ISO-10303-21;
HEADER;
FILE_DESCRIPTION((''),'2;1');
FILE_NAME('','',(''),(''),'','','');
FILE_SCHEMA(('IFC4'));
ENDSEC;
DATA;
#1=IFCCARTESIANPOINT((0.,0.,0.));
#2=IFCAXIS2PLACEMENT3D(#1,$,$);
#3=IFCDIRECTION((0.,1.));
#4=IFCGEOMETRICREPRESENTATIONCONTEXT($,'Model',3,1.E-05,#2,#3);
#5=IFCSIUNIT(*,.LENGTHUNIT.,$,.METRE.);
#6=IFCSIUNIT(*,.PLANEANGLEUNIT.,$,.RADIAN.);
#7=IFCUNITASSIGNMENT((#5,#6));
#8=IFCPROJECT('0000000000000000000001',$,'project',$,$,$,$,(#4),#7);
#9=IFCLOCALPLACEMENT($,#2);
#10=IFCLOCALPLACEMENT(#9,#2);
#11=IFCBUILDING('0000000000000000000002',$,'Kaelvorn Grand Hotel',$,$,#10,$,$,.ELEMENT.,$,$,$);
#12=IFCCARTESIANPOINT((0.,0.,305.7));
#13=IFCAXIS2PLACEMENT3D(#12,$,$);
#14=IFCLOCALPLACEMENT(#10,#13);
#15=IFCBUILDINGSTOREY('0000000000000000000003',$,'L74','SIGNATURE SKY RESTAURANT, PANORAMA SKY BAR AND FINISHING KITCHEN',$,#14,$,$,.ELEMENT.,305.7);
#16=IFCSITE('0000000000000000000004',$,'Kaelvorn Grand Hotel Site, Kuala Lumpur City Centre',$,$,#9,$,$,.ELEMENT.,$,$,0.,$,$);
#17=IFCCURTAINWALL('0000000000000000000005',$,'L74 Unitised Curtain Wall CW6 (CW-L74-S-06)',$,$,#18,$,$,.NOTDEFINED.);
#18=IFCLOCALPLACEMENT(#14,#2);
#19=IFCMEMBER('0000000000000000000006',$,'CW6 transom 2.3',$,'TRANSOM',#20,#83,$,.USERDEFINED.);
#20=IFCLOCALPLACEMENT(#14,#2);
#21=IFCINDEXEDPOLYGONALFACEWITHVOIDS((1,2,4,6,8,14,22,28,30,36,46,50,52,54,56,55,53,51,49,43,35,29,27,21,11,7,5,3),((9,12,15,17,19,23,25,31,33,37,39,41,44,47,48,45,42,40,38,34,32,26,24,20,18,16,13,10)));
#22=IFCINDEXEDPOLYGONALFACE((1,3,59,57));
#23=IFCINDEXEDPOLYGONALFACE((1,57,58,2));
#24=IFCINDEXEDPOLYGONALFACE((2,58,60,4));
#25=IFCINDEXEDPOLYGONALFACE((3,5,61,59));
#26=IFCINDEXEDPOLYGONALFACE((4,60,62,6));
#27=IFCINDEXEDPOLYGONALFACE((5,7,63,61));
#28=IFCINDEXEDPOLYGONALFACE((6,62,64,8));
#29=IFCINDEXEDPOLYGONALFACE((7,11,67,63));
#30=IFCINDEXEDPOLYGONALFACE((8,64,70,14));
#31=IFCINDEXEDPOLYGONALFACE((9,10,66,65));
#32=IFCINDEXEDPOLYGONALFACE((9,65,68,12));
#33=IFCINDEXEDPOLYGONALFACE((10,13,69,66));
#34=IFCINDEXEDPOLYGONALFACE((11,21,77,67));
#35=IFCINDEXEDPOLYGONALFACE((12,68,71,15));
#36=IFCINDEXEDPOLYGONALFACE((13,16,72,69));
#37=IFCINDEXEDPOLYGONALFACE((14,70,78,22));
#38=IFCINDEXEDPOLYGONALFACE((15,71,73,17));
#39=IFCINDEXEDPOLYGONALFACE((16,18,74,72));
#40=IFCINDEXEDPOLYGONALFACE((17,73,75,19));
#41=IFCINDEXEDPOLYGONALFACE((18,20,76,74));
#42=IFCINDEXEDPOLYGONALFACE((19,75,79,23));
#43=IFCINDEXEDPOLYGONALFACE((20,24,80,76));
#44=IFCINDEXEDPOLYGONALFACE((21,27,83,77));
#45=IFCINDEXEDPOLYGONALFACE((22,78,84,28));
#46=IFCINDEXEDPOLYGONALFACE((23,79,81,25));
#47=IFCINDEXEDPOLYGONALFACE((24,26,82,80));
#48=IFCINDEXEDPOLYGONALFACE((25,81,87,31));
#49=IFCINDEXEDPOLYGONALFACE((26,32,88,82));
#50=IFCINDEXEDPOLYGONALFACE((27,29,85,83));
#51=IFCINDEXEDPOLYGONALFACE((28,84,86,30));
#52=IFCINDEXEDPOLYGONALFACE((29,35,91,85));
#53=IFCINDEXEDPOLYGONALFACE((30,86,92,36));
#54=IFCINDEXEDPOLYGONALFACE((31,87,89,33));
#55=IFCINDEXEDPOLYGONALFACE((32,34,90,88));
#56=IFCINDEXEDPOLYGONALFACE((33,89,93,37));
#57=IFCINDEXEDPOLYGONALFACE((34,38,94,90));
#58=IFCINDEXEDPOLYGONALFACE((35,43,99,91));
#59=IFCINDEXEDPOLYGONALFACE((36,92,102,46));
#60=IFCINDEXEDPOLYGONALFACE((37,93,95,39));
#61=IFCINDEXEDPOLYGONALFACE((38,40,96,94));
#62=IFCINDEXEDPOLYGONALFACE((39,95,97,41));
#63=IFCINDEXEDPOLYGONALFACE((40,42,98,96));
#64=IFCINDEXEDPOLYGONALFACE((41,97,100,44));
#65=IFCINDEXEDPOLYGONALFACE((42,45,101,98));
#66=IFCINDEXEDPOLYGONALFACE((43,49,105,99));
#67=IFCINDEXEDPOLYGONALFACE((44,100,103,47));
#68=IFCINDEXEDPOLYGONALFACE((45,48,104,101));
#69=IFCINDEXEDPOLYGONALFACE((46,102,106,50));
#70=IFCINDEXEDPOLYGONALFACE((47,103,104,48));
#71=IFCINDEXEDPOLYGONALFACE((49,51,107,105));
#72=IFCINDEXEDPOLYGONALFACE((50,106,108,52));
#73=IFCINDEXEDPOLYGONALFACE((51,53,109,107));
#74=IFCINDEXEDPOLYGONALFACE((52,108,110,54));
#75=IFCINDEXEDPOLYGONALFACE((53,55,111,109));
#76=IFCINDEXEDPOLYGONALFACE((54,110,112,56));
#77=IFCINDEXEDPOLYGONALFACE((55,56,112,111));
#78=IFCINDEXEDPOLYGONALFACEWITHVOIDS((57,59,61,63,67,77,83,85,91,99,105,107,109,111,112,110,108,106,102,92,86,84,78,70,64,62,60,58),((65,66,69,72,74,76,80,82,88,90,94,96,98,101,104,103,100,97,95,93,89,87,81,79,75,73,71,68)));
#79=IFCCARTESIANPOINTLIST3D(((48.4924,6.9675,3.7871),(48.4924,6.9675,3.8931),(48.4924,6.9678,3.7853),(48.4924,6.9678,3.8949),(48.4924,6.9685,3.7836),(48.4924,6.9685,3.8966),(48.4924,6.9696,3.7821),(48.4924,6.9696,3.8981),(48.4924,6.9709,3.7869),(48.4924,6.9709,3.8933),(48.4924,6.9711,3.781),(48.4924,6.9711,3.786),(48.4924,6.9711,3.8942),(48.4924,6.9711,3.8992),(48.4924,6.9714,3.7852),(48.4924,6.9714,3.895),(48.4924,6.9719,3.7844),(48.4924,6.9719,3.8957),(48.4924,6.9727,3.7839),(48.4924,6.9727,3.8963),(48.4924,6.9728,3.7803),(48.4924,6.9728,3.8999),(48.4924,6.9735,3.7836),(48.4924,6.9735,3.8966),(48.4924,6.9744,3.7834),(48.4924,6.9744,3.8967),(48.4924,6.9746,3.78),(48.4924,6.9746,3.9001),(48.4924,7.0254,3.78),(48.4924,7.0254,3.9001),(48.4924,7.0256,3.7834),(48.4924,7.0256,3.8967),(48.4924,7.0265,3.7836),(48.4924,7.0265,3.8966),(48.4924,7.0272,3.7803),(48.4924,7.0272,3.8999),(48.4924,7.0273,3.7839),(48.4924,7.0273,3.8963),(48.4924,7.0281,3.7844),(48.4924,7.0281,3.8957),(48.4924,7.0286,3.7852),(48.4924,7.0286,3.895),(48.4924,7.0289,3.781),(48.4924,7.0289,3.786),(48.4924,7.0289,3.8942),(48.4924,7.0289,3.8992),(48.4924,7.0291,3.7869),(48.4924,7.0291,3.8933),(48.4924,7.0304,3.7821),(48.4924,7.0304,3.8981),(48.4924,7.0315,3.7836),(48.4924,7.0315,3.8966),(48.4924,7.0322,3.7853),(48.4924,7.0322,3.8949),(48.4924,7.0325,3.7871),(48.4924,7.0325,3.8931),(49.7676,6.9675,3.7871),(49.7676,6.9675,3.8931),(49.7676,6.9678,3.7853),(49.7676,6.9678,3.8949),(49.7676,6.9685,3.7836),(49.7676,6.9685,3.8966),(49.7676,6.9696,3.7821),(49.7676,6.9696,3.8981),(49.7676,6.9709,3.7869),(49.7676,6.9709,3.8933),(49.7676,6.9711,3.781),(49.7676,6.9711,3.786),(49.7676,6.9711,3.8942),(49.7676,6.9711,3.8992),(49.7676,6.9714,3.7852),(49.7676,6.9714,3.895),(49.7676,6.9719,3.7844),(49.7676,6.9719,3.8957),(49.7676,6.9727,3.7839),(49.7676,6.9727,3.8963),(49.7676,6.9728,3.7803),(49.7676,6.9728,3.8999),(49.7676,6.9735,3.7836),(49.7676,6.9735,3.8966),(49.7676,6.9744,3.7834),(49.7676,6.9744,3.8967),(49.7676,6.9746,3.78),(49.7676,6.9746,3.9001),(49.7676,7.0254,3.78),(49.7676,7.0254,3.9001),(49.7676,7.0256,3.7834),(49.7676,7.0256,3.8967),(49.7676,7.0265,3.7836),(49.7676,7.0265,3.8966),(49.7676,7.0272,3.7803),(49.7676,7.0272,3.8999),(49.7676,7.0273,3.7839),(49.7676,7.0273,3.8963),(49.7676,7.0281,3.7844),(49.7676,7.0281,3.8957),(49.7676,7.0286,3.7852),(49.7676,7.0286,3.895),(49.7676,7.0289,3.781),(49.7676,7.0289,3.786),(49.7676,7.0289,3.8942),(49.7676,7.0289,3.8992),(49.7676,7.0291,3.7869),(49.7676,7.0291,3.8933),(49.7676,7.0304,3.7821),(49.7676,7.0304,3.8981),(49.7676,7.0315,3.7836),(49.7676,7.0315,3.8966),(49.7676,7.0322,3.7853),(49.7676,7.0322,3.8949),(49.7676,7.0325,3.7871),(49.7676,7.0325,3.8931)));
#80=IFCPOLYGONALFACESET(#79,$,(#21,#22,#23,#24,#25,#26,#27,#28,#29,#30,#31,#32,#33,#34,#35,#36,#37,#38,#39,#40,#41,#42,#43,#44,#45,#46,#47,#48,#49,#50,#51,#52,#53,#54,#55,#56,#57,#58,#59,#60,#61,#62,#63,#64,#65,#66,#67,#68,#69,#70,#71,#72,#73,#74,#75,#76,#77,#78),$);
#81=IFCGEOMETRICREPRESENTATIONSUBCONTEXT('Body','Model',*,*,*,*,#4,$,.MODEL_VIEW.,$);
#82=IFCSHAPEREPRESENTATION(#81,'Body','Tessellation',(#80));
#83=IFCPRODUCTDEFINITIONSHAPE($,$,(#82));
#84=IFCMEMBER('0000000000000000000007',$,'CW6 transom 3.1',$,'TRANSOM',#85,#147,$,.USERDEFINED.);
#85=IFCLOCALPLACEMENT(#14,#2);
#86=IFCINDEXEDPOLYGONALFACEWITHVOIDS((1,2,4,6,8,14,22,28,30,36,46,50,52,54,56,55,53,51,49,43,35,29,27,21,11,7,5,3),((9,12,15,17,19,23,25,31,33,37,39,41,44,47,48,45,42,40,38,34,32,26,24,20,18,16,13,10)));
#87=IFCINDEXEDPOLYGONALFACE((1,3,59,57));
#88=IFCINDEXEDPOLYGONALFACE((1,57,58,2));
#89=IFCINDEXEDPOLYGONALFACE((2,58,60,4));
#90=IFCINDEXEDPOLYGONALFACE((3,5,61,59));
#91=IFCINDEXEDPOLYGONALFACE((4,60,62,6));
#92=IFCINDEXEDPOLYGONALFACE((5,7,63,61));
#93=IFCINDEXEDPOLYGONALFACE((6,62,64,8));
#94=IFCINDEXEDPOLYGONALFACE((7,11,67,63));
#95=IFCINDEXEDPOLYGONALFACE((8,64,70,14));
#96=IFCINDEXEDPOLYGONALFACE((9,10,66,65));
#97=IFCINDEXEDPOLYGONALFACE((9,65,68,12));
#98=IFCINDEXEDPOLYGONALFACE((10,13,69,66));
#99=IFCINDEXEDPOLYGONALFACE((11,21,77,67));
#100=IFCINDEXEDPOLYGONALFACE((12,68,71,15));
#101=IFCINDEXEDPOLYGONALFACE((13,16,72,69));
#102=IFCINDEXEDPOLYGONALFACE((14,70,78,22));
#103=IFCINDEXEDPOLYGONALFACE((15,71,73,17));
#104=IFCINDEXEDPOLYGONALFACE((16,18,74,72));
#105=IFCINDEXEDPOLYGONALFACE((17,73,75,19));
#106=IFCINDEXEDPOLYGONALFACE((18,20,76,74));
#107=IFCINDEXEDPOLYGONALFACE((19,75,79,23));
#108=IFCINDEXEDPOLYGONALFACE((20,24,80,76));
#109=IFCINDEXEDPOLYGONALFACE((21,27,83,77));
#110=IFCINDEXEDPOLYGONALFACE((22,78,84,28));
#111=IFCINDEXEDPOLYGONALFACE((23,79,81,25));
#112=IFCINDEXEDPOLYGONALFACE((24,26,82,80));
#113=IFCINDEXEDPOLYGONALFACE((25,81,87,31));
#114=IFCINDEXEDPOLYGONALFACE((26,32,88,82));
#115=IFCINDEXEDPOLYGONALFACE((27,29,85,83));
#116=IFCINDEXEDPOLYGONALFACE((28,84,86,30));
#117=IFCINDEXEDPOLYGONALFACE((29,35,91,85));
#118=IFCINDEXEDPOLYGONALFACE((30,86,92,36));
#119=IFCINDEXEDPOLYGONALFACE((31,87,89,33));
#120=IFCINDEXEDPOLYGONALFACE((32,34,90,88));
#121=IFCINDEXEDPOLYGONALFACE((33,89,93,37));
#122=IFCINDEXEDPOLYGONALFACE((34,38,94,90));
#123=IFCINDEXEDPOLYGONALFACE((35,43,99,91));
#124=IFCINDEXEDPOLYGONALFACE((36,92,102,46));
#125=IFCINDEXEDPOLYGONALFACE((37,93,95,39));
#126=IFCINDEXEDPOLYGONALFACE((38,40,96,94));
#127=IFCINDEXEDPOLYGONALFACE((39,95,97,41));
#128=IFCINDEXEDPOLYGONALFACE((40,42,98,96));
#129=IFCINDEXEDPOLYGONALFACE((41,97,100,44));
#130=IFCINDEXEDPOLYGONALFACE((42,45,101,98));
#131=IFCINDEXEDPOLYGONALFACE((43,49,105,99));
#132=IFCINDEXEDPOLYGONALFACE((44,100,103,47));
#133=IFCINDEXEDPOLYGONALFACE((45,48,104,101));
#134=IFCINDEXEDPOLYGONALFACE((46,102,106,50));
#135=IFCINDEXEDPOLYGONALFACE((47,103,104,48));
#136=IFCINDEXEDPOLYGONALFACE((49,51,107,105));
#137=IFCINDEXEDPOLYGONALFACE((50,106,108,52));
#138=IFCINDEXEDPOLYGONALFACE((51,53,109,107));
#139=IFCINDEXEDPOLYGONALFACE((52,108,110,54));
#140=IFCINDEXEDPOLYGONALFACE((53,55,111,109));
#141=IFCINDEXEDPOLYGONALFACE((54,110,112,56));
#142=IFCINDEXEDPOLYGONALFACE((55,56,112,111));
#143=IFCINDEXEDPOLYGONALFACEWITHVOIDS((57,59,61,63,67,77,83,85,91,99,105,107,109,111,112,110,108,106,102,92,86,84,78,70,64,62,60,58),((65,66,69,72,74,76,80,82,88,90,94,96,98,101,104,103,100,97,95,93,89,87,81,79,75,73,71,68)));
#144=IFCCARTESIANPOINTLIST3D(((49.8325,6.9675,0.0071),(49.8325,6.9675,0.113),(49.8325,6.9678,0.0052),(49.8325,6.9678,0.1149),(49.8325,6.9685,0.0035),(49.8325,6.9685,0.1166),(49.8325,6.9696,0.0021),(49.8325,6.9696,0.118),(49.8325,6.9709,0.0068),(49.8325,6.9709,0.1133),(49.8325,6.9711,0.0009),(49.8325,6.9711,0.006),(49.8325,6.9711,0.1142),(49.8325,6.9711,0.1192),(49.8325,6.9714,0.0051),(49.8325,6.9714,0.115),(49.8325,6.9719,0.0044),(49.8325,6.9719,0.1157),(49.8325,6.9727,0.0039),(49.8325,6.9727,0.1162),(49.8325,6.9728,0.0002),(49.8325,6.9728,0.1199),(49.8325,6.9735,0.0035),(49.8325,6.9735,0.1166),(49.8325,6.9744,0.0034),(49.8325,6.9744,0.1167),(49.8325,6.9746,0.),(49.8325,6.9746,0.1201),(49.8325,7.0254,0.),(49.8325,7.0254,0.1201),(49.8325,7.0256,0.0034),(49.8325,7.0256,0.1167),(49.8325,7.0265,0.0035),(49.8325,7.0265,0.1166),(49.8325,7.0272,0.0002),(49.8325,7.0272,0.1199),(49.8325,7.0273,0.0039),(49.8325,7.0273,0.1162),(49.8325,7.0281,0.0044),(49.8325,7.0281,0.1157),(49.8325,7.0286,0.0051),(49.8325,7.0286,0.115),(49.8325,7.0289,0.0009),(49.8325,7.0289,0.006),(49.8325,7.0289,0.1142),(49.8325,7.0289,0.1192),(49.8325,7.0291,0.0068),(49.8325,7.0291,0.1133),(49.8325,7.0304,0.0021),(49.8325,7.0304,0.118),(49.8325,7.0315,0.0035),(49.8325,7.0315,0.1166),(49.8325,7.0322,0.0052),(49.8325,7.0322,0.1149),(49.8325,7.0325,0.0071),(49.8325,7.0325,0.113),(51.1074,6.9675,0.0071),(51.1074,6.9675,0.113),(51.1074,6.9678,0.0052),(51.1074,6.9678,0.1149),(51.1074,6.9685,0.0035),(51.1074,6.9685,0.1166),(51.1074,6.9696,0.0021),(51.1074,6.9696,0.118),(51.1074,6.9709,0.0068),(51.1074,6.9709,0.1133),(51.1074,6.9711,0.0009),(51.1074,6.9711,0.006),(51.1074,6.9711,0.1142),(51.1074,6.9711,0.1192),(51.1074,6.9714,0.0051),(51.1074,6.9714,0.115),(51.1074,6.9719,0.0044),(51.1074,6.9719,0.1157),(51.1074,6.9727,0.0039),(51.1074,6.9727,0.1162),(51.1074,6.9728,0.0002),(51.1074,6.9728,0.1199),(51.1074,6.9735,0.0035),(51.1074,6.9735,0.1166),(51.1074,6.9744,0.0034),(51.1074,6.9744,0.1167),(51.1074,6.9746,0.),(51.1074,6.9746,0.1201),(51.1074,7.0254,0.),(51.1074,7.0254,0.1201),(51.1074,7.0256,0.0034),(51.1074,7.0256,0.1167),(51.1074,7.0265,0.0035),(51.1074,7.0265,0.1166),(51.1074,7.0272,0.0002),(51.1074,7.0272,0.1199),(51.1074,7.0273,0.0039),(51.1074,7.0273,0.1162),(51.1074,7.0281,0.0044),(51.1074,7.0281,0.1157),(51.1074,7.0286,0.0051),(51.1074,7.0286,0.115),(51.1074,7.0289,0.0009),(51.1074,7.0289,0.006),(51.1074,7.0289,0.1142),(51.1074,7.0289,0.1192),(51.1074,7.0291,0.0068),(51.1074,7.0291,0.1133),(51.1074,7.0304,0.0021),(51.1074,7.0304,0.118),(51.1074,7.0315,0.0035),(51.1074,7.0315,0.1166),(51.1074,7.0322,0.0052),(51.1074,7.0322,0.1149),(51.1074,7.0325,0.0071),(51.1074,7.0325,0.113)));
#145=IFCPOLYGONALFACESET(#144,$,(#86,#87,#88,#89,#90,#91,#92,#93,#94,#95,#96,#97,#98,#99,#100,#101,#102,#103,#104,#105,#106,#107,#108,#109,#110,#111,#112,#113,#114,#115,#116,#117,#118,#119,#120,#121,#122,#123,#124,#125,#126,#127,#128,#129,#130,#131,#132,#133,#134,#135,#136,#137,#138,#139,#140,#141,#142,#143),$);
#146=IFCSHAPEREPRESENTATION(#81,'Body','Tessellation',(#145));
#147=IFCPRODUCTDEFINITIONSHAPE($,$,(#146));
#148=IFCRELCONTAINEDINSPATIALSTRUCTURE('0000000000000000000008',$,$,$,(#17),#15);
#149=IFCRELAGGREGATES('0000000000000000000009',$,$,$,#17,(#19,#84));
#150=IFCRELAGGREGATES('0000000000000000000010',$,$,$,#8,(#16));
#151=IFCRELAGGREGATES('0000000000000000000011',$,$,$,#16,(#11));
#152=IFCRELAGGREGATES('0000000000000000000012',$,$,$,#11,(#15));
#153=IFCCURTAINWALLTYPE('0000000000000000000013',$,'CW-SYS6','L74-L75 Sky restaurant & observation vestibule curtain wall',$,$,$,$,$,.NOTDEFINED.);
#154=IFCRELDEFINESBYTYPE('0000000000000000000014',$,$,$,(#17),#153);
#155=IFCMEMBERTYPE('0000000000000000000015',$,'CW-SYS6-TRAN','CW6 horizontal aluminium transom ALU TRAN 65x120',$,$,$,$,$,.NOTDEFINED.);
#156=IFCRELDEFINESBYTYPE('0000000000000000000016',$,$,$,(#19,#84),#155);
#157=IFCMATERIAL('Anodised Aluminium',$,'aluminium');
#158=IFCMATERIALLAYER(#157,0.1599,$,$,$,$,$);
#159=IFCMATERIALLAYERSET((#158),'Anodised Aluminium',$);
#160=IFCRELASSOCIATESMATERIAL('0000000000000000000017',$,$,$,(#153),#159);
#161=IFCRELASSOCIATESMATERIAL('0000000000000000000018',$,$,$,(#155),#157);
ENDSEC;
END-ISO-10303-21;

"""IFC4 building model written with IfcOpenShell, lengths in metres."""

from ifc_helpers import new_model, si_unit, direction, frame, origin, origin_2d, place, context, subcontext, project, spatial, hollow_rectangle, extrude, material, layer, layer_set, material_profile, profile_set, type_object, element, aggregate, save


model = new_model("IFC4")

# Units and contexts
model_context = context("Model", 3, precision=1e-05, world=origin(), true_north=direction((0.0, 1.0)))
body_context = subcontext(model_context, "Body", "Model", "MODEL_VIEW")
ifc_project = project(units=[si_unit("LENGTHUNIT", "METRE"), si_unit("PLANEANGLEUNIT", "RADIAN")], contexts=[model_context])

# Site, building, storey
site_placement = place(None, origin())
site = spatial("IfcSite", under=ifc_project, at=site_placement, Name="Kaelvorn Grand Hotel Site, Kuala Lumpur City Centre", CompositionType="ELEMENT", RefElevation=0.0)
building_placement = place(site_placement, origin())
building = spatial("IfcBuilding", under=site, at=building_placement, Name="Kaelvorn Grand Hotel", CompositionType="ELEMENT")
storey_placement = place(building_placement, frame((0.0, 0.0, 305.7)))
storey = spatial("IfcBuildingStorey", under=building, at=storey_placement, Name="L74", Description="SIGNATURE SKY RESTAURANT, PANORAMA SKY BAR AND FINISHING KITCHEN", CompositionType="ELEMENT", Elevation=305.7)

# Curtain wall, members
ifc_material_1 = material(Name="Anodised Aluminium", Category="aluminium")
ifc_layer_1 = layer(ifc_material_1, 0.1599)
ifc_layer_set_1 = layer_set([ifc_layer_1], Name="Anodised Aluminium")
curtain_wall_type = type_object("IfcCurtainWallType", Name="CW-SYS6", Description="L74-L75 Sky restaurant & observation vestibule curtain wall", PredefinedType="NOTDEFINED", material=ifc_layer_set_1)
curtain_wall_placement = place(storey_placement, origin())
curtain_wall = element("IfcCurtainWall", 1, at=curtain_wall_placement, inside=storey, type_object=curtain_wall_type, Name="L74 Unitised Curtain Wall CW6 (CW-L74-S-06)", PredefinedType="NOTDEFINED")
ifc_material_profile_1 = material_profile(ifc_material_1, hollow_rectangle(XDim=0.0649, YDim=0.1201, WallThickness=0.0034, InnerFilletRadius=0.0034, OuterFilletRadius=0.0071, at=origin_2d()), Name="ALU TRAN 65x120")
ifc_profile_set_1 = profile_set([ifc_material_profile_1], Name="Anodised Aluminium")
member_type_1 = type_object("IfcMemberType", Name="CW-SYS6-TRAN", Description="CW6 horizontal aluminium transom ALU TRAN 65x120", PredefinedType="NOTDEFINED", material=ifc_profile_set_1)
member_1_placement = place(storey_placement, frame((48.4924, 7.0, 3.8401), z_axis=(1.0, 0.0, 0.0), x_axis=(0.0, 1.0, 0.0)))
member_1 = element("IfcMember", 2, at=member_1_placement, type_object=member_type_1, Name="CW6 transom 2.3", ObjectType="TRANSOM", PredefinedType="USERDEFINED", context=body_context, shape_type="SweptSolid", body=[
    extrude(hollow_rectangle(XDim=0.0649, YDim=0.1201, WallThickness=0.0034, InnerFilletRadius=0.0034, OuterFilletRadius=0.0071, at=origin_2d()), origin(), (0.0, 0.0, 1.0), 1.2751),
])
member_2_placement = place(storey_placement, frame((49.8325, 7.0, 0.0601), z_axis=(1.0, 0.0, 0.0), x_axis=(0.0, 1.0, 0.0)))
member_2 = element("IfcMember", 3, at=member_2_placement, type_object=member_type_1, Name="CW6 transom 3.1", ObjectType="TRANSOM", PredefinedType="USERDEFINED", context=body_context, shape_type="SweptSolid", body=[
    extrude(hollow_rectangle(XDim=0.0649, YDim=0.1201, WallThickness=0.0034, InnerFilletRadius=0.0034, OuterFilletRadius=0.0071, at=origin_2d()), origin(), (0.0, 0.0, 1.0), 1.2749),
])
aggregate(curtain_wall, [member_1, member_2])

save(model, "model.ifc")
